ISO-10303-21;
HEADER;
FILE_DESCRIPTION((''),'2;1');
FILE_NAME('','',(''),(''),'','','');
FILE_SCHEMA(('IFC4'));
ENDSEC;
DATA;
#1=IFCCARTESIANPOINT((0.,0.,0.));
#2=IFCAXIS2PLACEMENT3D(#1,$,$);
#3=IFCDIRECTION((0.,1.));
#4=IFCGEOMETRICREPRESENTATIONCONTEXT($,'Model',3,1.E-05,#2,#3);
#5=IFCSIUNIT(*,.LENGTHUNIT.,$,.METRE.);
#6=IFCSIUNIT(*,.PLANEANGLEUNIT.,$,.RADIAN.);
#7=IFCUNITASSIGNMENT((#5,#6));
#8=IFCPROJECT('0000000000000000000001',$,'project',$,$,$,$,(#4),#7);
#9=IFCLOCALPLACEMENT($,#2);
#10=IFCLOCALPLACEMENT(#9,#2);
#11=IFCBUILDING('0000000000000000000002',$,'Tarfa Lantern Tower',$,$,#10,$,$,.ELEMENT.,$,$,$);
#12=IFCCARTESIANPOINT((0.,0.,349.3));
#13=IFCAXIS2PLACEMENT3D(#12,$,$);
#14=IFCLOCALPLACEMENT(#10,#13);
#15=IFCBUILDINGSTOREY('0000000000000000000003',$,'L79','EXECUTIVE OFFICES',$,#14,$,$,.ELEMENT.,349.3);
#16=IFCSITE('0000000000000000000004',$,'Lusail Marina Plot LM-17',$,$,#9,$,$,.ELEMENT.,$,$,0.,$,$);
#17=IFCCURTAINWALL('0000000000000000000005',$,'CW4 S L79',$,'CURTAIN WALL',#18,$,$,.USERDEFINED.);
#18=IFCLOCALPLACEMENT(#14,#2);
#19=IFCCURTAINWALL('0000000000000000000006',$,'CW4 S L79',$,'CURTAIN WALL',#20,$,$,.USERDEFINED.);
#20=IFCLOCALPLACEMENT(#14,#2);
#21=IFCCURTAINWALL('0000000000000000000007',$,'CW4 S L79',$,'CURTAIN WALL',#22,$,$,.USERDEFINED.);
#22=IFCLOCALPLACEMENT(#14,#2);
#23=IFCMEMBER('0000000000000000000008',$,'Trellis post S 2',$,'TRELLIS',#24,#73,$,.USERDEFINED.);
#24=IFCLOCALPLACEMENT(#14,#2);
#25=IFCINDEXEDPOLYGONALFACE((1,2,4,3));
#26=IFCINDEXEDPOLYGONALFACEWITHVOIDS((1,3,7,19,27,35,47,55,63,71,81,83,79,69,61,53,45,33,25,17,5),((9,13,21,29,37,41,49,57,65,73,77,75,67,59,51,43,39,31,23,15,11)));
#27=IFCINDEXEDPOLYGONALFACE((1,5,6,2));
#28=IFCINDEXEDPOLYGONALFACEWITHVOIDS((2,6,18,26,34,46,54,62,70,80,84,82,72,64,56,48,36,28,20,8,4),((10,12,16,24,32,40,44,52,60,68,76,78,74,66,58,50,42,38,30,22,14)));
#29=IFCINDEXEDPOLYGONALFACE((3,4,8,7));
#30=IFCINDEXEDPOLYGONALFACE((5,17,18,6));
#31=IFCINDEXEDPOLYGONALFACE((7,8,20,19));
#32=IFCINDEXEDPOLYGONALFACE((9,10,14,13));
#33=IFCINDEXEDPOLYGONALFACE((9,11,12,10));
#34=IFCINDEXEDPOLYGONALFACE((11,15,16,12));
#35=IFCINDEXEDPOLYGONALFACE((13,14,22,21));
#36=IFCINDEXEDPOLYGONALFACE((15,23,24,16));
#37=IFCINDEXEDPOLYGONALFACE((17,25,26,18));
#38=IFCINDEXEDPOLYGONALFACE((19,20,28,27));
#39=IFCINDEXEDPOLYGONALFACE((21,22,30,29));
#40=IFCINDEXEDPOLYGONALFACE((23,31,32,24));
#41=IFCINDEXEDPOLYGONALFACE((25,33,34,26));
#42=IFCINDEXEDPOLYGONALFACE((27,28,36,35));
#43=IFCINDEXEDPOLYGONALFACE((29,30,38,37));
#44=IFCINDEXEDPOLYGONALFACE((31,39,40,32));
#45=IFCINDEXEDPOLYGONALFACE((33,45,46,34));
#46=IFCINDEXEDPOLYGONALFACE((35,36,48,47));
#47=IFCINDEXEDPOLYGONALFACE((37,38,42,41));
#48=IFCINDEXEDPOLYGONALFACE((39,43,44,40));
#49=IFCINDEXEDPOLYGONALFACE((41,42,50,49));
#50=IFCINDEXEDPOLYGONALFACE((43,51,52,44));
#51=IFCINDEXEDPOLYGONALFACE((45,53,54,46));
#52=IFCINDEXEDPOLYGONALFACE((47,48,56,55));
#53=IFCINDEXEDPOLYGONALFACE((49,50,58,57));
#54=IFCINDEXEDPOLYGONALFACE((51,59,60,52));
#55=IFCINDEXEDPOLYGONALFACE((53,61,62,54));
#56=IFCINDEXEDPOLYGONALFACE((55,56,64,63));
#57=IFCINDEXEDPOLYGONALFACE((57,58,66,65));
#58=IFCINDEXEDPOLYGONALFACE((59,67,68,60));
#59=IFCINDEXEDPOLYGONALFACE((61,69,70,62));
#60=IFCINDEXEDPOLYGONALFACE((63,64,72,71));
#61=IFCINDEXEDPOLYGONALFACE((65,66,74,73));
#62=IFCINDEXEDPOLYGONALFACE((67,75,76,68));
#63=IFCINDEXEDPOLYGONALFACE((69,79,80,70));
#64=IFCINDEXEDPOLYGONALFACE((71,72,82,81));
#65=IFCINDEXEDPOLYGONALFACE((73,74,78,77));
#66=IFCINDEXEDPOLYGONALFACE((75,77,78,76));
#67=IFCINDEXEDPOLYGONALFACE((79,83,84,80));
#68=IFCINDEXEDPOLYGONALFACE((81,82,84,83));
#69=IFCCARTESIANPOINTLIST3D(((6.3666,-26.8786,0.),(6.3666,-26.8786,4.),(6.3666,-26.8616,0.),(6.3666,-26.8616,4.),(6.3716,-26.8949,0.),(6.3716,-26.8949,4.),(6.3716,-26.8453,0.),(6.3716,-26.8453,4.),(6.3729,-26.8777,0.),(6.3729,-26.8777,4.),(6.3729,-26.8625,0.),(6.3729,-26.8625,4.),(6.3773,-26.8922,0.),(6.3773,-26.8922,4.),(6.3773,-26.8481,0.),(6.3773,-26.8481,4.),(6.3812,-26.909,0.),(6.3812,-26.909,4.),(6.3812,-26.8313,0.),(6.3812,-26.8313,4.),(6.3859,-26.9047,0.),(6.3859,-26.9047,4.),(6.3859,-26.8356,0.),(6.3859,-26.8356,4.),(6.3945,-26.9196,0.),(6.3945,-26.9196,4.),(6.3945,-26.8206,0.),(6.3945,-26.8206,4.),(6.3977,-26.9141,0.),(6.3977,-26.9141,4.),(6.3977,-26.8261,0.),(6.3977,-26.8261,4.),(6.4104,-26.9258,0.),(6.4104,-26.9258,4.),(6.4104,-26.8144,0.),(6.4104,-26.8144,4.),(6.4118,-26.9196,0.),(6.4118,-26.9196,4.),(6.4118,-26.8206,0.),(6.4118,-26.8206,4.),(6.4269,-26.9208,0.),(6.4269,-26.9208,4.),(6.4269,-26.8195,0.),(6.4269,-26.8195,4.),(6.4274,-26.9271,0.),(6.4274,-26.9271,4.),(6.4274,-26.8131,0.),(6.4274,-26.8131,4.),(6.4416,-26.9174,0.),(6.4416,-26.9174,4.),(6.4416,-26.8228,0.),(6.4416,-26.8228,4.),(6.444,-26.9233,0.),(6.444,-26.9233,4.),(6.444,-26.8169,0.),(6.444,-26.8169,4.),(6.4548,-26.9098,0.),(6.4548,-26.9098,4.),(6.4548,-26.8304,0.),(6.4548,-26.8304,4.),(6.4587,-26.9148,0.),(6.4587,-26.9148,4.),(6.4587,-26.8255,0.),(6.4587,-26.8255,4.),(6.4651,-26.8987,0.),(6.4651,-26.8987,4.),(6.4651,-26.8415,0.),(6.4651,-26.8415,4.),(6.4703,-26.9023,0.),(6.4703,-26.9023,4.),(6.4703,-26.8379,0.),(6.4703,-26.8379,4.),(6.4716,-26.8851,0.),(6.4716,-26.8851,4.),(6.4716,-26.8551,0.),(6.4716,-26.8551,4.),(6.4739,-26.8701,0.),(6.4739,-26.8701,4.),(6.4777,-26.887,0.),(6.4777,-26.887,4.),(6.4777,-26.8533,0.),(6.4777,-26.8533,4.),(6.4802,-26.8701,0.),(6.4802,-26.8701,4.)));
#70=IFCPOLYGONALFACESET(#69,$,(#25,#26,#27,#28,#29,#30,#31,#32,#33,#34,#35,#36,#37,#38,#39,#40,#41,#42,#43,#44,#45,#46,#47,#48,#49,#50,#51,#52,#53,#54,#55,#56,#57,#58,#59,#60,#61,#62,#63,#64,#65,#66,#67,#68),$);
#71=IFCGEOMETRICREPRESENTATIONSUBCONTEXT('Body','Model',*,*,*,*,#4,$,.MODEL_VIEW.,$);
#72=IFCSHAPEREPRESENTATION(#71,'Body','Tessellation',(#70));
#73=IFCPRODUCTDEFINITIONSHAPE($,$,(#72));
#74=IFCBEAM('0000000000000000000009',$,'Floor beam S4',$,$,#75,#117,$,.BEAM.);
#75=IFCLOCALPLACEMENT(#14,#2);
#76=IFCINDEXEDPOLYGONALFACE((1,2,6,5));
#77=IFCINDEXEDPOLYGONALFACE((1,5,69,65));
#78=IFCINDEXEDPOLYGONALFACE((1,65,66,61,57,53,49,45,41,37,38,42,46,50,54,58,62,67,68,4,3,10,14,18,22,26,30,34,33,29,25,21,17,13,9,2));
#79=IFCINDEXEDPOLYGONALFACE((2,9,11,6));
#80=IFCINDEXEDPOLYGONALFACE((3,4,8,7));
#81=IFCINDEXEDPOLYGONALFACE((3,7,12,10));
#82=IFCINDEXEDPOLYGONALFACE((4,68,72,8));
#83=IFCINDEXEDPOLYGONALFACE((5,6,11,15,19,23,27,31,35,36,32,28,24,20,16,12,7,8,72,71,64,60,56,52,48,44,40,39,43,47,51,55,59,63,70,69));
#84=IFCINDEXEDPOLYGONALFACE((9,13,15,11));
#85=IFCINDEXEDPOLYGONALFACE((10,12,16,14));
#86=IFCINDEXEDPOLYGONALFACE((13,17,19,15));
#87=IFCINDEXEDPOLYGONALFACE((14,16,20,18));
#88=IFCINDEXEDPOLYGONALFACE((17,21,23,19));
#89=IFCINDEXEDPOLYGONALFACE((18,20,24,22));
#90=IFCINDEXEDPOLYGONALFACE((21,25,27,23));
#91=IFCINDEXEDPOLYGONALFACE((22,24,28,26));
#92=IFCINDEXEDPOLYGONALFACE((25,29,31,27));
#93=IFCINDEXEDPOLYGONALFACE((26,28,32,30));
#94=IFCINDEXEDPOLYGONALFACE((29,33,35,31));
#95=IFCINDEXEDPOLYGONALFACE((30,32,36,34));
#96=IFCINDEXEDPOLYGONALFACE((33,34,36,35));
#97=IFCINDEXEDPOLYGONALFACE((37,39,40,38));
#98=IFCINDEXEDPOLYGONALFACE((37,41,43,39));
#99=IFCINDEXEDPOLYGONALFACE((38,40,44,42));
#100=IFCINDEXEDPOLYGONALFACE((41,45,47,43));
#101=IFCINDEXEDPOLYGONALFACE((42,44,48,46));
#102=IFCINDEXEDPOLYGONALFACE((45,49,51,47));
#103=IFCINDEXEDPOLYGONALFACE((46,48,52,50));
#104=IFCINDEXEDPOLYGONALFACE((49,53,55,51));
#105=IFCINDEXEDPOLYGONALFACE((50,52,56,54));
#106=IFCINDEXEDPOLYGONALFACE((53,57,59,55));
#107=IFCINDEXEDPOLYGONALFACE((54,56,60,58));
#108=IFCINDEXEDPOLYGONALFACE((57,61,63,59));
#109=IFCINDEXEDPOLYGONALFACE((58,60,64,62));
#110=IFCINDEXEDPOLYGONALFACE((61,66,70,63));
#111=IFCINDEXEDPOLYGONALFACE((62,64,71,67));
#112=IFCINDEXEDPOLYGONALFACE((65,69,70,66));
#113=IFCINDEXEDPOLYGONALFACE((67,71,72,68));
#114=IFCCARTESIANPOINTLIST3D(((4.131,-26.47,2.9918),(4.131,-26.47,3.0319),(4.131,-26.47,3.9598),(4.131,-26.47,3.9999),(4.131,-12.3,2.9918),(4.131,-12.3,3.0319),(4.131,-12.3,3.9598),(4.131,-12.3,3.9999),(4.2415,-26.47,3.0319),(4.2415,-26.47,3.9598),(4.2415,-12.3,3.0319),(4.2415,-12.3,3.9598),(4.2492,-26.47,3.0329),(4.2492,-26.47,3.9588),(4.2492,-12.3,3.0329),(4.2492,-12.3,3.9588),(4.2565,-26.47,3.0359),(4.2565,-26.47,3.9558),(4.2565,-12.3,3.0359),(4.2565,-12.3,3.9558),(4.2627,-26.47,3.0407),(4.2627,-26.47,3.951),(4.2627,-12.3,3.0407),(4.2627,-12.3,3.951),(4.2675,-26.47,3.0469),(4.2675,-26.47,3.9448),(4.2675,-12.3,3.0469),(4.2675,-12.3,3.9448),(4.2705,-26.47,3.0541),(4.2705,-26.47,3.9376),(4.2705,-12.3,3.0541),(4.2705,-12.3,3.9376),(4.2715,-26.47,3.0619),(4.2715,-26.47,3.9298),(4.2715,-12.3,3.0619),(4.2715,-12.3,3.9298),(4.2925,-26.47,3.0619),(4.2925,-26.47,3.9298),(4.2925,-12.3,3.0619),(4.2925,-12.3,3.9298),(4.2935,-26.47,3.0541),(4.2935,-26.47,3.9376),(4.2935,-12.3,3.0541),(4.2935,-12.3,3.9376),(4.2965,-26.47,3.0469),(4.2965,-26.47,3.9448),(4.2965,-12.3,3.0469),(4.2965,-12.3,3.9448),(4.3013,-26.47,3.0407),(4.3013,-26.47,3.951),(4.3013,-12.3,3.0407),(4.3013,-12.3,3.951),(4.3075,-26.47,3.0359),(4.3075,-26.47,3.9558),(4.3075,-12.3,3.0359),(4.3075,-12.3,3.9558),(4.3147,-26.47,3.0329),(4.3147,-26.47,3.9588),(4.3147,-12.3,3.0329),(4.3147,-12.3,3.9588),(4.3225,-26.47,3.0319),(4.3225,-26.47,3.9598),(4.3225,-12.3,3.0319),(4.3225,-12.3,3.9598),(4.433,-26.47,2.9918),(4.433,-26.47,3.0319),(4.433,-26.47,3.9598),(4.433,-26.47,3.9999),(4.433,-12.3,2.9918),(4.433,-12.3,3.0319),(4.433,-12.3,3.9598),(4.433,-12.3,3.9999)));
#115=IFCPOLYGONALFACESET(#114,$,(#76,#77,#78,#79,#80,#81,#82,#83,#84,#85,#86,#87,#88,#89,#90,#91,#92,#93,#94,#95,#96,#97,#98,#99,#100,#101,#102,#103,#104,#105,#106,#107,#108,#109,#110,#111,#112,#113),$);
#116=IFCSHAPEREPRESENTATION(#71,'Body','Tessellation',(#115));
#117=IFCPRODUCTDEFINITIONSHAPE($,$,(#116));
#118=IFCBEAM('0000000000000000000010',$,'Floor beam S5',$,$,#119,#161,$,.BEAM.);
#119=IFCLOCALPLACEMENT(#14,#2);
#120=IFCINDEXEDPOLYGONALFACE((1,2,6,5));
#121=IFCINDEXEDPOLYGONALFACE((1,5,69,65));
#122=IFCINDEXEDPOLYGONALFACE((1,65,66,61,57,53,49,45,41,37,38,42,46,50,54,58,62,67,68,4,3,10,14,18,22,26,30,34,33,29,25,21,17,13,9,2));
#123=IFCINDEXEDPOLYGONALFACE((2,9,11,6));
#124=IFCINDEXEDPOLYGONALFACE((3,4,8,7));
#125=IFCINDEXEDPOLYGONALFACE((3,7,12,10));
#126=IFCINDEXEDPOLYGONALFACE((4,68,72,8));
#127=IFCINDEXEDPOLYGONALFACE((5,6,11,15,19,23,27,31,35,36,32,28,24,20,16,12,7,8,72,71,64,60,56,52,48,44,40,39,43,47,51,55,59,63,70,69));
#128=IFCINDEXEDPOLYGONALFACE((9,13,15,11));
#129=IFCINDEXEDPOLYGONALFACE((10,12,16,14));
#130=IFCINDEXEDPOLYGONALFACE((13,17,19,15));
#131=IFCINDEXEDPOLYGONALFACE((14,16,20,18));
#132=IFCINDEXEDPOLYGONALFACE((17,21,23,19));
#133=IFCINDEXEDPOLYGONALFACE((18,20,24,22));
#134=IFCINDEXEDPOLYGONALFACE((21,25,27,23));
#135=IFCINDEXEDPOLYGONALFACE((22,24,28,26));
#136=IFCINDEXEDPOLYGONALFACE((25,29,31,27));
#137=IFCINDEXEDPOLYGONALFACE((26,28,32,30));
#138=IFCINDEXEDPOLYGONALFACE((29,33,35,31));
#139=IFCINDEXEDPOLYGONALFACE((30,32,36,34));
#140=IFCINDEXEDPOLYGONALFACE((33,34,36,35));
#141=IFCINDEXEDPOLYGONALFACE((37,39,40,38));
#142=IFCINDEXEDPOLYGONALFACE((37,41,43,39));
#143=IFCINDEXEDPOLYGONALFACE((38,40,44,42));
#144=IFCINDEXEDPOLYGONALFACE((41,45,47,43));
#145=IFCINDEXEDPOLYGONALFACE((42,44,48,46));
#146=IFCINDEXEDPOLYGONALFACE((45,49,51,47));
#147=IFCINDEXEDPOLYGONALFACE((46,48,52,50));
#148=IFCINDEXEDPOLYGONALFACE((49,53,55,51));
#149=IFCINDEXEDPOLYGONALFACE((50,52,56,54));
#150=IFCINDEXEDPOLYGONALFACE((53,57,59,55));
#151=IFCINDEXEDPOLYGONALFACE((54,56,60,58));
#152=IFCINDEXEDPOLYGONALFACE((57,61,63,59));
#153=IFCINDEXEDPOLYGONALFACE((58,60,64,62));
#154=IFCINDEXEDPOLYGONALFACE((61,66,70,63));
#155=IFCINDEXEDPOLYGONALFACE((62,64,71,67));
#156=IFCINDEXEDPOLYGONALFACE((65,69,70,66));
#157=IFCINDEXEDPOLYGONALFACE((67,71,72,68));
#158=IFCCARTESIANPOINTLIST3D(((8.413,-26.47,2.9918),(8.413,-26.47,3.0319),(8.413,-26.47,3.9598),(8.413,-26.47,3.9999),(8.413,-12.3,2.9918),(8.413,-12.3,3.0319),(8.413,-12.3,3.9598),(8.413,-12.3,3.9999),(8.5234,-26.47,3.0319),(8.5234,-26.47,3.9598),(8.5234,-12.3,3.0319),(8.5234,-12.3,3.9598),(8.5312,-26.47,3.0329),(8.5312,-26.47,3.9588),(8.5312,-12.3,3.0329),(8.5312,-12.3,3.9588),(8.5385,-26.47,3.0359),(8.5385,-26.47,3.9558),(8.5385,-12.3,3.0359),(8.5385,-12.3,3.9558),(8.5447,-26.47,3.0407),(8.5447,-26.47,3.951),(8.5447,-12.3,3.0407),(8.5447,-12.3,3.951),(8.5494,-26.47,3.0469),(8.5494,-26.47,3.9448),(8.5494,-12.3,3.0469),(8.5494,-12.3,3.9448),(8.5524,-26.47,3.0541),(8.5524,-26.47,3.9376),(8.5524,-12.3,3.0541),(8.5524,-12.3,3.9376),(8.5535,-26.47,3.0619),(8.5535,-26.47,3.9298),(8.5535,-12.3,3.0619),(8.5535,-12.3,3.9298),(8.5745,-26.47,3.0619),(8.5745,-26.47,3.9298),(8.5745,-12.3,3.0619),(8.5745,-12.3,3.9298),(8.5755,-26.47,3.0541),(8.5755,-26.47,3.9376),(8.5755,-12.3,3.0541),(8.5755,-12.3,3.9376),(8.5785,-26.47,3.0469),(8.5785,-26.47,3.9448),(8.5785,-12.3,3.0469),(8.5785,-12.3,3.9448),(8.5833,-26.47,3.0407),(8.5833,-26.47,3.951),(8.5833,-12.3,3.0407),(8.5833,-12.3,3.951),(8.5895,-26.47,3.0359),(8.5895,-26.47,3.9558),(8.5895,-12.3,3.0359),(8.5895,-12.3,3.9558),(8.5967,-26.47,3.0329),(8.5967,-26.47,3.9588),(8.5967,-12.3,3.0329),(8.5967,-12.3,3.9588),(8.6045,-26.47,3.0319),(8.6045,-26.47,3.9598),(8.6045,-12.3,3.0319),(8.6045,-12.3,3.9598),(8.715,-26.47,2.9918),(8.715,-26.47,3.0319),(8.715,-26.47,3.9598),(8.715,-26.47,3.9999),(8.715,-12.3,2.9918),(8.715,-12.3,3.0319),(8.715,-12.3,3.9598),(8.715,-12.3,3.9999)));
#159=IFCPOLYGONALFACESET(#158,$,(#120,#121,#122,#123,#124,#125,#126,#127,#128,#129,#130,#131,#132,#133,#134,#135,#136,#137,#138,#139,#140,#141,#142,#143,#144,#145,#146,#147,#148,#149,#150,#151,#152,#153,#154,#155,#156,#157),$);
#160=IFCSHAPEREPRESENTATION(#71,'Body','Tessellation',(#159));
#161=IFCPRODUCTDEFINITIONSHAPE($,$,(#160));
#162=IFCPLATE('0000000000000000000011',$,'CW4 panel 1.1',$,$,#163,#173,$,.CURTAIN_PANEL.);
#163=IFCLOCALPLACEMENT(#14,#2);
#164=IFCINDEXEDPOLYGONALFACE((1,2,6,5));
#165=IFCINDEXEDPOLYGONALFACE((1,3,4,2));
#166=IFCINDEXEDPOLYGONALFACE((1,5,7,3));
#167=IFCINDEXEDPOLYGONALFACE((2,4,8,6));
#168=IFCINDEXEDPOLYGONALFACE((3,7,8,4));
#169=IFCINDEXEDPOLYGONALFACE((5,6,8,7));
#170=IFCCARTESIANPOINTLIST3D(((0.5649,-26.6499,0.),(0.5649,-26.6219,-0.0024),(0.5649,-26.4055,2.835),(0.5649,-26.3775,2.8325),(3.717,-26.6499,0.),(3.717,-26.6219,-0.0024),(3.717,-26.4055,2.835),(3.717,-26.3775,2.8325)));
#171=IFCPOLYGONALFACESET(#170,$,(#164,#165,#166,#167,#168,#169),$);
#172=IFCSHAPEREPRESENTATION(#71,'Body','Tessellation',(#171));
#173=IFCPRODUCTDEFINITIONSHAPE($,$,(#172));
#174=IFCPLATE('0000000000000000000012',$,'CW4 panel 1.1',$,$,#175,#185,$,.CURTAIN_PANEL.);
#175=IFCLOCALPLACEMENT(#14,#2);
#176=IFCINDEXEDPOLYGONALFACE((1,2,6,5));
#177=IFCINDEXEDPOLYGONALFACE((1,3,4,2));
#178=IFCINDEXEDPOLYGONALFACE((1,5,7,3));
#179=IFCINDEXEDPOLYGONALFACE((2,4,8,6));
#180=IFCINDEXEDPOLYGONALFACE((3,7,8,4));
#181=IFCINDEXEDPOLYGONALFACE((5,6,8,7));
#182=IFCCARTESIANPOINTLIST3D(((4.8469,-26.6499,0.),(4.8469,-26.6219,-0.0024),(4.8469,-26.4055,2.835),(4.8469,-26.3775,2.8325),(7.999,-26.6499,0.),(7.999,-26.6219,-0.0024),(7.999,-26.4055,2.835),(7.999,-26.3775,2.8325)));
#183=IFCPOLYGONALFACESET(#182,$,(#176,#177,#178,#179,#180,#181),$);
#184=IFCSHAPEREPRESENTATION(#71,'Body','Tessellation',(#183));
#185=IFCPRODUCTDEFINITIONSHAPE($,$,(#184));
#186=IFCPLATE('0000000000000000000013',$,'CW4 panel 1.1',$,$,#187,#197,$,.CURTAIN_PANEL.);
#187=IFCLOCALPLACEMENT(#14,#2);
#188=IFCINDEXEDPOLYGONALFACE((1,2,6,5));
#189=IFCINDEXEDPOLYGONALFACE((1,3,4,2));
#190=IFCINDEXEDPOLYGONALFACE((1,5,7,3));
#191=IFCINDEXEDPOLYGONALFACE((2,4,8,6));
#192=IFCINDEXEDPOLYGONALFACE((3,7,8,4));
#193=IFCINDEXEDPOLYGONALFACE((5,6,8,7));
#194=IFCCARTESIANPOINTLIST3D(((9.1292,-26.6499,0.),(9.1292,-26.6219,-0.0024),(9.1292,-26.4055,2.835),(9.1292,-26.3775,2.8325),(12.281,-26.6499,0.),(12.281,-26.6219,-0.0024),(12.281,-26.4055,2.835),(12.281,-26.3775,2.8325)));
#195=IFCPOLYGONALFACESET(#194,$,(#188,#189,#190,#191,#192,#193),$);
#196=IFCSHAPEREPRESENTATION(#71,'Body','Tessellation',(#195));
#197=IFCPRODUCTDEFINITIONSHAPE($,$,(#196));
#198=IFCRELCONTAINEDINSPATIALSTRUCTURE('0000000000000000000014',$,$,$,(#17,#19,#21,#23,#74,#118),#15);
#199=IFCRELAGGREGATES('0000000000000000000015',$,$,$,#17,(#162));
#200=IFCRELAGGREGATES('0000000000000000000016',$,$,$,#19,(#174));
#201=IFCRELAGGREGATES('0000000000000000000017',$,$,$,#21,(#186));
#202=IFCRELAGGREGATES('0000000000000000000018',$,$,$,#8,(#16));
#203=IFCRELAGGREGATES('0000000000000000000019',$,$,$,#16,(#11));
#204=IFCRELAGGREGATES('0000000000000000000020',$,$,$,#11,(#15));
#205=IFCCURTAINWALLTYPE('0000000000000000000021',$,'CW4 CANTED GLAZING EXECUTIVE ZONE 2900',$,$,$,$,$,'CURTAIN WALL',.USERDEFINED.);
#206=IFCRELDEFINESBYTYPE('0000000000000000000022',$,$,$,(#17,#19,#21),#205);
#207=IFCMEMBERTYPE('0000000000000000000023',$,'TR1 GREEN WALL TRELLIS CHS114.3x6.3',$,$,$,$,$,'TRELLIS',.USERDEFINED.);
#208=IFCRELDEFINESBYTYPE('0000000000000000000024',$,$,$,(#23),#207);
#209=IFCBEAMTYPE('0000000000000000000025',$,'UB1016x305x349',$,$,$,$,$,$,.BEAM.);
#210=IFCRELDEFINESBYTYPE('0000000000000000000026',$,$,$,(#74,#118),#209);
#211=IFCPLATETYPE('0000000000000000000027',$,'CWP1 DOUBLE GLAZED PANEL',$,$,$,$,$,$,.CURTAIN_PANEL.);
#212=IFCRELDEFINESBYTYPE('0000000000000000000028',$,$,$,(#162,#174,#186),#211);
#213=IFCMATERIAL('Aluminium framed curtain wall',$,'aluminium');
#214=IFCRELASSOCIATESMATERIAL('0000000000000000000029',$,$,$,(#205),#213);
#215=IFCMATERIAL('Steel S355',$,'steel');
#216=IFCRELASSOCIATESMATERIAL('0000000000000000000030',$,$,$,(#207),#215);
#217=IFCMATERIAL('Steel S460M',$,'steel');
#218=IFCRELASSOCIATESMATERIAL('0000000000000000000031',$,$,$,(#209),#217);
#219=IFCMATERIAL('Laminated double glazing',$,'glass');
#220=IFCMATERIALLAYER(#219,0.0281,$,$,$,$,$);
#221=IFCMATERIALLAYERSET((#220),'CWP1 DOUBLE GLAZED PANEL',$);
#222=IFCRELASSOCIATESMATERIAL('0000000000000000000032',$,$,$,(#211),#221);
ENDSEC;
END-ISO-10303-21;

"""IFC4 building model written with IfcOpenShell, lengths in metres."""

from ifc_helpers import new_model, si_unit, direction, frame, origin, origin_2d, place, context, subcontext, project, spatial, polyline, hollow_circle, i_section, outline, extrude, material, layer, layer_set, material_profile, profile_set, type_object, element, aggregate, save


model = new_model("IFC4")

# Units and contexts
model_context = context("Model", 3, precision=1e-05, world=origin(), true_north=direction((0.0, 1.0)))
body_context = subcontext(model_context, "Body", "Model", "MODEL_VIEW")
ifc_project = project(units=[si_unit("LENGTHUNIT", "METRE"), si_unit("PLANEANGLEUNIT", "RADIAN")], contexts=[model_context])

# Site, building, storey
site_placement = place(None, origin())
site = spatial("IfcSite", under=ifc_project, at=site_placement, Name="Lusail Marina Plot LM-17", CompositionType="ELEMENT", RefElevation=0.0)
building_placement = place(site_placement, origin())
building = spatial("IfcBuilding", under=site, at=building_placement, Name="Tarfa Lantern Tower", CompositionType="ELEMENT")
storey_placement = place(building_placement, frame((0.0, 0.0, 349.3)))
storey = spatial("IfcBuildingStorey", under=building, at=storey_placement, Name="L79", Description="EXECUTIVE OFFICES", CompositionType="ELEMENT", Elevation=349.3)

# Curtain walls
ifc_material_1 = material(Name="Aluminium framed curtain wall", Category="aluminium")
curtain_wall_type = type_object("IfcCurtainWallType", Name="CW4 CANTED GLAZING EXECUTIVE ZONE 2900", ElementType="CURTAIN WALL", PredefinedType="USERDEFINED", material=ifc_material_1)
curtain_wall_1_placement = place(storey_placement, origin())
curtain_wall_1 = element("IfcCurtainWall", 1, at=curtain_wall_1_placement, inside=storey, type_object=curtain_wall_type, Name="CW4 S L79", ObjectType="CURTAIN WALL", PredefinedType="USERDEFINED")
curtain_wall_2_placement = place(storey_placement, origin())
curtain_wall_2 = element("IfcCurtainWall", 2, at=curtain_wall_2_placement, inside=storey, type_object=curtain_wall_type, Name="CW4 S L79", ObjectType="CURTAIN WALL", PredefinedType="USERDEFINED")

# Curtain wall
curtain_wall_3_placement = place(storey_placement, origin())
curtain_wall_3 = element("IfcCurtainWall", 3, at=curtain_wall_3_placement, inside=storey, type_object=curtain_wall_type, Name="CW4 S L79", ObjectType="CURTAIN WALL", PredefinedType="USERDEFINED")

# Member
ifc_material_2 = material(Name="Steel S355", Category="steel")
ifc_material_profile_1 = material_profile(ifc_material_2, hollow_circle(Radius=0.0571, WallThickness=0.0063, at=origin_2d()), Name="CHS114.3x6.3")
ifc_profile_set_1 = profile_set([ifc_material_profile_1], Name="Steel S355")
member_type_1 = type_object("IfcMemberType", Name="TR1 GREEN WALL TRELLIS CHS114.3x6.3", ElementType="TRELLIS", PredefinedType="USERDEFINED", material=ifc_profile_set_1)
member_1_placement = place(storey_placement, frame((6.4231, -26.8701, 0.0), z_axis=(0.0, 0.0, 1.0), x_axis=(1.0, 0.0, 0.0)))
element("IfcMember", 4, at=member_1_placement, inside=storey, type_object=member_type_1, Name="Trellis post S 2", ObjectType="TRELLIS", PredefinedType="USERDEFINED", context=body_context, shape_type="SweptSolid", body=[
    extrude(hollow_circle(Radius=0.0571, WallThickness=0.0063, at=origin_2d()), origin(), (0.0, 0.0, 1.0), 4.0),
])

# Beams
ifc_material_3 = material(Name="Steel S460M", Category="steel")
ifc_material_profile_2 = material_profile(ifc_material_3, i_section(OverallWidth=0.302, OverallDepth=1.0081, WebThickness=0.021, FlangeThickness=0.04, FilletRadius=0.03, at=origin_2d()), Name="UB1016x305x349")
ifc_profile_set_2 = profile_set([ifc_material_profile_2], Name="Steel S460M")
beam_type_1 = type_object("IfcBeamType", Name="UB1016x305x349", PredefinedType="BEAM", material=ifc_profile_set_2)
for number, where, z_axis, x_axis, name in (
    (5, (4.282, -26.47, 3.4958), (0.0, 1.0, 0.0), (-1.0, 0.0, 0.0), "Floor beam S4"),
    (6, (8.564, -26.47, 3.4958), (0.0, 1.0, 0.0), (-1.0, 0.0, 0.0), "Floor beam S5"),
):
    element("IfcBeam", number, at=place(storey_placement, frame(where, z_axis=z_axis, x_axis=x_axis)), inside=storey, type_object=beam_type_1, Name=name, PredefinedType="BEAM", context=body_context, shape_type="SweptSolid", body=[
        extrude(i_section(OverallWidth=0.302, OverallDepth=1.0081, WebThickness=0.021, FlangeThickness=0.04, FilletRadius=0.03, at=origin_2d()), origin(), (0.0, 0.0, 1.0), 14.1699),
    ])

# Plates
ifc_material_4 = material(Name="Laminated double glazing", Category="glass")
ifc_layer_1 = layer(ifc_material_4, 0.0281)
ifc_layer_set_1 = layer_set([ifc_layer_1], Name="CWP1 DOUBLE GLAZED PANEL")
plate_type = type_object("IfcPlateType", Name="CWP1 DOUBLE GLAZED PANEL", PredefinedType="CURTAIN_PANEL", material=ifc_layer_set_1)
plate_1_placement = place(storey_placement, frame((0.5649, -26.6499, 0.0), z_axis=(0.0, -0.996305, 0.085885), x_axis=(1.0, 0.0, 0.0)))
plate_1 = element("IfcPlate", 7, at=plate_1_placement, type_object=plate_type, Name="CW4 panel 1.1", PredefinedType="CURTAIN_PANEL", context=body_context, shape_type="SweptSolid", body=[
    extrude(outline(polyline([(0.0, 0.0), (3.1521, 0.0), (3.1521, 2.8455), (0.0, 2.8455), (0.0, 0.0)])), origin(), (0.0, 0.0, -1.0), 0.0281),
])
aggregate(curtain_wall_1, [plate_1])
plate_2_placement = place(storey_placement, frame((4.8469, -26.6499, 0.0), z_axis=(0.0, -0.996305, 0.085885), x_axis=(1.0, 0.0, 0.0)))
plate_2 = element("IfcPlate", 8, at=plate_2_placement, type_object=plate_type, Name="CW4 panel 1.1", PredefinedType="CURTAIN_PANEL", context=body_context, shape_type="SweptSolid", body=[
    extrude(outline(polyline([(0.0, 0.0), (3.1521, 0.0), (3.1521, 2.8455), (0.0, 2.8455), (0.0, 0.0)])), origin(), (0.0, 0.0, -1.0), 0.0281),
])
aggregate(curtain_wall_2, [plate_2])
plate_3_placement = place(storey_placement, frame((9.1292, -26.6499, 0.0), z_axis=(0.0, -0.996305, 0.085885), x_axis=(1.0, 0.0, 0.0)))
plate_3 = element("IfcPlate", 9, at=plate_3_placement, type_object=plate_type, Name="CW4 panel 1.1", PredefinedType="CURTAIN_PANEL", context=body_context, shape_type="SweptSolid", body=[
    extrude(outline(polyline([(0.0, 0.0), (3.1519, 0.0), (3.1519, 2.8455), (0.0, 2.8455), (0.0, 0.0)])), origin(), (0.0, 0.0, -1.0), 0.0281),
])
aggregate(curtain_wall_3, [plate_3])

save(model, "model.ifc")
